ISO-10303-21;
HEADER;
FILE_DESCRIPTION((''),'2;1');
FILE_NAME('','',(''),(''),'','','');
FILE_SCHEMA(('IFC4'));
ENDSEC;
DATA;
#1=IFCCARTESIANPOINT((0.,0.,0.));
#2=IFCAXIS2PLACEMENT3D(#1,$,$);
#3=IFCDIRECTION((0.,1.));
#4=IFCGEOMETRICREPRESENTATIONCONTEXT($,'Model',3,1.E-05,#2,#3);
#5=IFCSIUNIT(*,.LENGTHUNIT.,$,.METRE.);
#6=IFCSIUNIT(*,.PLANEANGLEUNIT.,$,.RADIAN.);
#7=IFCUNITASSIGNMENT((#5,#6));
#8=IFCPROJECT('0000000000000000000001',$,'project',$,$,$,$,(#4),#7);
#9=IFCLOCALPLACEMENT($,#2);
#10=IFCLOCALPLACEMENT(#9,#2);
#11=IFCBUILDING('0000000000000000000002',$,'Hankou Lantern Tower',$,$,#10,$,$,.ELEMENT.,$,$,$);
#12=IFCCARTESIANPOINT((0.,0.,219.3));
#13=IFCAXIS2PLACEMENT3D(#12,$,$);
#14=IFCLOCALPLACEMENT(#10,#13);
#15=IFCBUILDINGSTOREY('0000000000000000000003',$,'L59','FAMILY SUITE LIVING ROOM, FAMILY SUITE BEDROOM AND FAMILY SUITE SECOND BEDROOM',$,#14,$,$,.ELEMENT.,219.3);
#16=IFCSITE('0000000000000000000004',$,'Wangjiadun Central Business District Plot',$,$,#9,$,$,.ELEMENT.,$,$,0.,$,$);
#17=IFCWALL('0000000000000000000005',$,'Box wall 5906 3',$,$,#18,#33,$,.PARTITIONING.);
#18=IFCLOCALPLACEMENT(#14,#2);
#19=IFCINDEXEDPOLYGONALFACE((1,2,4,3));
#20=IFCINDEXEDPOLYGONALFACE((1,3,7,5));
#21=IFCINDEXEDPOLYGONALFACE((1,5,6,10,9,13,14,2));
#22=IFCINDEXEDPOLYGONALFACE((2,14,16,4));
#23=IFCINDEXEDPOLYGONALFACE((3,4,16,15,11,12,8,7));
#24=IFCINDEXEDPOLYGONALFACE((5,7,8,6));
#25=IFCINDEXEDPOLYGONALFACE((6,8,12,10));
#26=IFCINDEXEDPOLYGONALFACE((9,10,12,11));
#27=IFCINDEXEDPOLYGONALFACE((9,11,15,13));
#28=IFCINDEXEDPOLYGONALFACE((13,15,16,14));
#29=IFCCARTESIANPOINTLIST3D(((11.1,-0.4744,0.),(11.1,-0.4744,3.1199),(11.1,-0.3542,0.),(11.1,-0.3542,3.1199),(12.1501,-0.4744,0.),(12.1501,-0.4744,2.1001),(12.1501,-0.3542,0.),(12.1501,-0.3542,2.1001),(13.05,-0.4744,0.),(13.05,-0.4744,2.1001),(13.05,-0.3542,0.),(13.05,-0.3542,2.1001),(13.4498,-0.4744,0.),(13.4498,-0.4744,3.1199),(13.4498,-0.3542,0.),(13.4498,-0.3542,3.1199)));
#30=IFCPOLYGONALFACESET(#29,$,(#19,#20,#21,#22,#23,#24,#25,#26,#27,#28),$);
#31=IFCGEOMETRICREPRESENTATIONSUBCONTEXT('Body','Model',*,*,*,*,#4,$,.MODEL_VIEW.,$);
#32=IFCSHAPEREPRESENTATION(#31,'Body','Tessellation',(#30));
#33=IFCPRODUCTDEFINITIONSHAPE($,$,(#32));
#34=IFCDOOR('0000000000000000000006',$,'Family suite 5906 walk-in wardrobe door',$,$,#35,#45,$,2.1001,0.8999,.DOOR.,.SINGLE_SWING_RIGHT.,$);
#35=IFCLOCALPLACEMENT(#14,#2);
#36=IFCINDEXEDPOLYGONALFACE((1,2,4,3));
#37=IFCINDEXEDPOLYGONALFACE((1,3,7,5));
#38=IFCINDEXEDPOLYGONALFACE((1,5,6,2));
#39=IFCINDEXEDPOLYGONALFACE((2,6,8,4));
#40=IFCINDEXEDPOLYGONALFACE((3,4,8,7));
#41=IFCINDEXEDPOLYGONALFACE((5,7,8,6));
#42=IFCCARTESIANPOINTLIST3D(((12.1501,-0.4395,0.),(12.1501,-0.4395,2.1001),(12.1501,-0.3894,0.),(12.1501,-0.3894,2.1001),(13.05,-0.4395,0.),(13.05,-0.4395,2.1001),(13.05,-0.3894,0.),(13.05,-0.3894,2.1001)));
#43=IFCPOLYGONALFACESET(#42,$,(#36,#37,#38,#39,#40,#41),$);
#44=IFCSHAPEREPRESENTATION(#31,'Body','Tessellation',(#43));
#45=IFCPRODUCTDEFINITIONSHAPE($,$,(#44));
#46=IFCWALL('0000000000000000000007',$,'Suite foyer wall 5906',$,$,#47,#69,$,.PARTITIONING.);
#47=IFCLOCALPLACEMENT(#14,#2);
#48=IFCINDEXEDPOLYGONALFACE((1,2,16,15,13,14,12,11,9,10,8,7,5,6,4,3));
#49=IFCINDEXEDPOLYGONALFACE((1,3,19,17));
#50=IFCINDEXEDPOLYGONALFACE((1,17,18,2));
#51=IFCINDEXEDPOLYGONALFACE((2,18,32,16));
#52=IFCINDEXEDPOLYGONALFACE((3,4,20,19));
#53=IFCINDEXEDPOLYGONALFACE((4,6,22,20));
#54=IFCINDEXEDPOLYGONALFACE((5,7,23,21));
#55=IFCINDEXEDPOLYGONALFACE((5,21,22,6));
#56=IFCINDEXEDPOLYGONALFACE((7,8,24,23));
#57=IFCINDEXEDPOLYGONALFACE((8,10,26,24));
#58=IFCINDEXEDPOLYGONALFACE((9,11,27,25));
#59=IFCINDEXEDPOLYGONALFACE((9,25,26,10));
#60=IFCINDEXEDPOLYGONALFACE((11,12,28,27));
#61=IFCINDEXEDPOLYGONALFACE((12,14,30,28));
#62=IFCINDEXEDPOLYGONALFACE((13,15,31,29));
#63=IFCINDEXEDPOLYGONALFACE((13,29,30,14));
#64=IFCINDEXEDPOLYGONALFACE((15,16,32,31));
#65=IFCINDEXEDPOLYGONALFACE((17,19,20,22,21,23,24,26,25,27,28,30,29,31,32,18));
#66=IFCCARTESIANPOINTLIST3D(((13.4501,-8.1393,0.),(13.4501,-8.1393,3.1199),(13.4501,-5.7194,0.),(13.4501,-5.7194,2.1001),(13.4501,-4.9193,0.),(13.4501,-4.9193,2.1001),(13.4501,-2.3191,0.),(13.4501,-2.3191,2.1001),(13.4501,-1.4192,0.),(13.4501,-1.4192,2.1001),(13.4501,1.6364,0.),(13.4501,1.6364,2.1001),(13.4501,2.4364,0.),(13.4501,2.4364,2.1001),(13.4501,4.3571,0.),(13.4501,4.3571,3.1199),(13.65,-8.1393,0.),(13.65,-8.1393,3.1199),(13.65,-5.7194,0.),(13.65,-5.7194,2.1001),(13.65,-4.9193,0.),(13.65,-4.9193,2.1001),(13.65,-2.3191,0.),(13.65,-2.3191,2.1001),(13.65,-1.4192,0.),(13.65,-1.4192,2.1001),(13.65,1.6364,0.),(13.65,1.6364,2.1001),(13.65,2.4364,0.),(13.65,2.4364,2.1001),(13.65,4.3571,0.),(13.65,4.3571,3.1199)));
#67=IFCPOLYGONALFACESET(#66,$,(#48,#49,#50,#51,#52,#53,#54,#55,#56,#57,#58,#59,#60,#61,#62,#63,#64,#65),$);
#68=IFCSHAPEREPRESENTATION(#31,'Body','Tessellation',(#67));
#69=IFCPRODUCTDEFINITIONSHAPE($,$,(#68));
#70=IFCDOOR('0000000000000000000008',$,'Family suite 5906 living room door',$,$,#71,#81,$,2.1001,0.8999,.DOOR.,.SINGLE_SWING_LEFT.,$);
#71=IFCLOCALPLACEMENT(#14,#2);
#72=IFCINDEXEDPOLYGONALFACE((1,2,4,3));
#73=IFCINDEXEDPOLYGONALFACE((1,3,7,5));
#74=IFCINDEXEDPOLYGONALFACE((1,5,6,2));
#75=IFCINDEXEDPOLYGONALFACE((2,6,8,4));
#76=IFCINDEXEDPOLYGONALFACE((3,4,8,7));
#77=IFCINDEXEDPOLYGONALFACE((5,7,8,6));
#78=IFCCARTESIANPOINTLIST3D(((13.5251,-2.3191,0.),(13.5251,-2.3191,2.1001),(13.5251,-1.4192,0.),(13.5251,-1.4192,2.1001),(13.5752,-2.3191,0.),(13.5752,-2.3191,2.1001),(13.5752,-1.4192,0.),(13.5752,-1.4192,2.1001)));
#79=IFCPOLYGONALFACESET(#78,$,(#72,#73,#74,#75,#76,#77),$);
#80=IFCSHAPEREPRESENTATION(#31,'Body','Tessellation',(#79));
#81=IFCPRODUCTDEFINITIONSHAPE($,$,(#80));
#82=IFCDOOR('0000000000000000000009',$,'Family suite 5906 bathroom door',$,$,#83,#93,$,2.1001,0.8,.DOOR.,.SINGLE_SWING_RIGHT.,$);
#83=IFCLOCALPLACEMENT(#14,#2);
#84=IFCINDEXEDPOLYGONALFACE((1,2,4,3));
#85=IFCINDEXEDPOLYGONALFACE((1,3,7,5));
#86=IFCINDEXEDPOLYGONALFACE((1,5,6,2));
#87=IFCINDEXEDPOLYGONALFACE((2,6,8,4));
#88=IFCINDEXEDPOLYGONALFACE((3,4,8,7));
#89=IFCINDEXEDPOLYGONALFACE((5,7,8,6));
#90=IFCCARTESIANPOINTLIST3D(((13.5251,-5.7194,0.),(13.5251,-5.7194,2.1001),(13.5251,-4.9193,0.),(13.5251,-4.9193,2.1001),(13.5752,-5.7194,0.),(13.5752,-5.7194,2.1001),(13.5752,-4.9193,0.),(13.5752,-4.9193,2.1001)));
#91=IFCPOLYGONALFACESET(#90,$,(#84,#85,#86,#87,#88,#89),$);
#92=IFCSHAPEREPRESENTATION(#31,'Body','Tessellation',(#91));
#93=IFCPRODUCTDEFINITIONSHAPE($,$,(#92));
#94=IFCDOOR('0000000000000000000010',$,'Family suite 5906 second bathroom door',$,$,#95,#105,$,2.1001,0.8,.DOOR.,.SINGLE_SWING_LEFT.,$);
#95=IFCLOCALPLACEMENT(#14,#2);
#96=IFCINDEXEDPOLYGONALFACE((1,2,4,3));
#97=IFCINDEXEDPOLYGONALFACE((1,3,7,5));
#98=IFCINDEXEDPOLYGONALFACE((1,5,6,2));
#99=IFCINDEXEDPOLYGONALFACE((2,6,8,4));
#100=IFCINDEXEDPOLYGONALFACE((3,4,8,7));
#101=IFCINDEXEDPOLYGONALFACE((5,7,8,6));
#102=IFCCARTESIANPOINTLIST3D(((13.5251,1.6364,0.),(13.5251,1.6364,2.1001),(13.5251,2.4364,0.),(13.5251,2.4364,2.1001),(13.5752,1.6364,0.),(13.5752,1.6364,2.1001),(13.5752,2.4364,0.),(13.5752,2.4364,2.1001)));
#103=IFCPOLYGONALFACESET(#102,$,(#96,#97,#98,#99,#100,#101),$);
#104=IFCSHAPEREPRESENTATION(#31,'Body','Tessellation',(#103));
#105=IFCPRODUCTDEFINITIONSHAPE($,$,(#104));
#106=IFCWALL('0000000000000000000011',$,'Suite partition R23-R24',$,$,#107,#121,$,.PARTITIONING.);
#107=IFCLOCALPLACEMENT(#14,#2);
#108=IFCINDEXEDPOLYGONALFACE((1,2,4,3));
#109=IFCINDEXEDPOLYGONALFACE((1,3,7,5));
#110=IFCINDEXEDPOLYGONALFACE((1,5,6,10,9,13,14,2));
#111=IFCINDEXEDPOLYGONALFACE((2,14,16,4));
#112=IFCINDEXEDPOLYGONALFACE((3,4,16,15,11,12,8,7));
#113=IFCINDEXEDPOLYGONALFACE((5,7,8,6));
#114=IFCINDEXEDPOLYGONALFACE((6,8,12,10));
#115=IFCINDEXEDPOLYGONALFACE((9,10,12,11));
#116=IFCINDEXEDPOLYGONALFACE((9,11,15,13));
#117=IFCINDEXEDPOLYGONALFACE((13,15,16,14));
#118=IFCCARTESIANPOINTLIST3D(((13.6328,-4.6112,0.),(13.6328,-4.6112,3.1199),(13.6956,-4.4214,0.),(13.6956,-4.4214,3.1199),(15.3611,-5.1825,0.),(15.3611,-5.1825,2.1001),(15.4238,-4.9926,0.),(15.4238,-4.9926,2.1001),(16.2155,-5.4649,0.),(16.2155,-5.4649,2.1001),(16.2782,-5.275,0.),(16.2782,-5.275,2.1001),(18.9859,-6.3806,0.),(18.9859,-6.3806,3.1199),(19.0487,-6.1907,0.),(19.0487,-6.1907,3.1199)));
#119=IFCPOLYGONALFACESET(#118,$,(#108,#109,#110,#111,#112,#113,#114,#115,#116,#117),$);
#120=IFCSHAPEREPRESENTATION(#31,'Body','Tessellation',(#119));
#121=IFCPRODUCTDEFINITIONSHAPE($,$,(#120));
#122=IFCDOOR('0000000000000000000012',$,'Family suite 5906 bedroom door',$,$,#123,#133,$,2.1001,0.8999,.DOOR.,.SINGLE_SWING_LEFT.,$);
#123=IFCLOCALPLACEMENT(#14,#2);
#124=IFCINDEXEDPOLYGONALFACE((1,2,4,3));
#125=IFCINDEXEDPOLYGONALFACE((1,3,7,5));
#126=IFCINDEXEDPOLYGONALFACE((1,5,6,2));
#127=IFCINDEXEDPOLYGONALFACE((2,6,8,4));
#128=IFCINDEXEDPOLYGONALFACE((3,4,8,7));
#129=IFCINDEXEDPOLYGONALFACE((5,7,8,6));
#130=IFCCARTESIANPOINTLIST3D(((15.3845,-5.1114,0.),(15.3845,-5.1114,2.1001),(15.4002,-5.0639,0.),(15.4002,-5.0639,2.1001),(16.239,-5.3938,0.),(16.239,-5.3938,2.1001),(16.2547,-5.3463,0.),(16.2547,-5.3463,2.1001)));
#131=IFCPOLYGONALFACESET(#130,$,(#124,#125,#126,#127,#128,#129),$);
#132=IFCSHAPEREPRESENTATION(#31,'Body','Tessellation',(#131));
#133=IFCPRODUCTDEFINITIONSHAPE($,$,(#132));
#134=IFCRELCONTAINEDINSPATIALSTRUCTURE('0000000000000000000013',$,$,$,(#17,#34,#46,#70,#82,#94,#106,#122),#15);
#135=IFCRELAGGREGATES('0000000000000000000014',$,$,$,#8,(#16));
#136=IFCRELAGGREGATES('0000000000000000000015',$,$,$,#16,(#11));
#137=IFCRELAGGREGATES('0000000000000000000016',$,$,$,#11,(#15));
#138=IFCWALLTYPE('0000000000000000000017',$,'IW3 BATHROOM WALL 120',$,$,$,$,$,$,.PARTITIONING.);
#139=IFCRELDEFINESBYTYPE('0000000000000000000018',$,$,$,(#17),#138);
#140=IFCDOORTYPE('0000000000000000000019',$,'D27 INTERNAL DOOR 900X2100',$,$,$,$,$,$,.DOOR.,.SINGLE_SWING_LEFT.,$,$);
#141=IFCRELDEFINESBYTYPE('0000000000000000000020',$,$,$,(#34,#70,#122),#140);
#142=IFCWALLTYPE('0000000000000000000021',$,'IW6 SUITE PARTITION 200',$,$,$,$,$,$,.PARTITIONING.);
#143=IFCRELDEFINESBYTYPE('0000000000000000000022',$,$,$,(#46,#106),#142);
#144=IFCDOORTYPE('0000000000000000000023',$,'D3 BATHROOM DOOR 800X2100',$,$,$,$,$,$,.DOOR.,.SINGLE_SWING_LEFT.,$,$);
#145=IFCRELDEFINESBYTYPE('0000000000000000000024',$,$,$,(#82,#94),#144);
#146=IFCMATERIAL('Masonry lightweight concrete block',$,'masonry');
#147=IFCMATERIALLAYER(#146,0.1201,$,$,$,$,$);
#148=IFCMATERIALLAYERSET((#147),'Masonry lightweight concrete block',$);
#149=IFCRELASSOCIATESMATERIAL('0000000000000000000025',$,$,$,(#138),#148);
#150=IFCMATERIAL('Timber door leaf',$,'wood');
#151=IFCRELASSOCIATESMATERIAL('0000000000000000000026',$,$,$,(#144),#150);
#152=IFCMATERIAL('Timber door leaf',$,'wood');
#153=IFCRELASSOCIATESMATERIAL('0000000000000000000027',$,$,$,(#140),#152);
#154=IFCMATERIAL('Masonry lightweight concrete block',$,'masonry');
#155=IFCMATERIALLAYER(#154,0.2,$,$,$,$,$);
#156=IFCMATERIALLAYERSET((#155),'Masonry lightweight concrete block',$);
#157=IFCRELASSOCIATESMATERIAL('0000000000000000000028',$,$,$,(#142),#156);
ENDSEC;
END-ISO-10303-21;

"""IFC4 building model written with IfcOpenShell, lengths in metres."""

from ifc_helpers import new_model, si_unit, direction, frame, frame_2d, origin, place, context, subcontext, project, spatial, rectangle, extrude, material, layer, layer_set, type_object, element, fill, save


model = new_model("IFC4")

# Units and contexts
model_context = context("Model", 3, precision=1e-05, world=origin(), true_north=direction((0.0, 1.0)))
body_context = subcontext(model_context, "Body", "Model", "MODEL_VIEW")
ifc_project = project(units=[si_unit("LENGTHUNIT", "METRE"), si_unit("PLANEANGLEUNIT", "RADIAN")], contexts=[model_context])

# Site, building, storey
site_placement = place(None, origin())
site = spatial("IfcSite", under=ifc_project, at=site_placement, Name="Wangjiadun Central Business District Plot", CompositionType="ELEMENT", RefElevation=0.0)
building_placement = place(site_placement, origin())
building = spatial("IfcBuilding", under=site, at=building_placement, Name="Hankou Lantern Tower", CompositionType="ELEMENT")
storey_placement = place(building_placement, frame((0.0, 0.0, 219.3)))
storey = spatial("IfcBuildingStorey", under=building, at=storey_placement, Name="L59", Description="FAMILY SUITE LIVING ROOM, FAMILY SUITE BEDROOM AND FAMILY SUITE SECOND BEDROOM", CompositionType="ELEMENT", Elevation=219.3)

# Shared definitions
ifc_material_1 = material(Name="Masonry lightweight concrete block", Category="masonry")
ifc_layer_1 = layer(ifc_material_1, 0.1201)
ifc_layer_set_1 = layer_set([ifc_layer_1], Name="Masonry lightweight concrete block")
wall_type_1 = type_object("IfcWallType", Name="IW3 BATHROOM WALL 120", PredefinedType="PARTITIONING", material=ifc_layer_set_1)

# Wall, opening, door
ifc_material_2 = material(Name="Timber door leaf", Category="wood")
door_type_1 = type_object("IfcDoorType", Name="D3 BATHROOM DOOR 800X2100", OperationType="SINGLE_SWING_LEFT", PredefinedType="DOOR", material=ifc_material_2)
wall_1_placement = place(storey_placement, frame((11.1001, -0.4143, 0.0), z_axis=(0.0, 0.0, 1.0), x_axis=(1.0, 0.0, 0.0)))
wall_1 = element("IfcWall", 1, at=wall_1_placement, inside=storey, type_object=wall_type_1, Name="Box wall 5906 3", PredefinedType="PARTITIONING", context=body_context, shape_type="SweptSolid", body=[
    extrude(rectangle(XDim=2.3499, YDim=0.1201, at=frame_2d((1.1748, 0.0))), origin(), (0.0, 0.0, 1.0), 3.1199),
])
opening_1_placement = place(wall_1_placement, frame((1.05, 0.0, 0.0)))
opening_1 = element("IfcOpeningElement", 2, at=opening_1_placement, cuts=wall_1, PredefinedType="OPENING", context=body_context, shape_type="SweptSolid", body=[
    extrude(rectangle(XDim=0.8999, YDim=2.1001, at=frame_2d((0.45, 1.05))), frame((0.0, 0.0701, 0.0), z_axis=(0.0, -1.0, 0.0), x_axis=(1.0, 0.0, 0.0)), (0.0, 0.0, 1.0), 0.1401),
])
ifc_material_3 = material(Name="Timber door leaf", Category="wood")
door_type_2 = type_object("IfcDoorType", Name="D27 INTERNAL DOOR 900X2100", OperationType="SINGLE_SWING_LEFT", PredefinedType="DOOR", material=ifc_material_3)
door_1_placement = place(opening_1_placement, origin())
door_1 = element("IfcDoor", 3, at=door_1_placement, inside=storey, type_object=door_type_2, Name="Family suite 5906 walk-in wardrobe door", OperationType="SINGLE_SWING_RIGHT", OverallHeight=2.1001, OverallWidth=0.8999, PredefinedType="DOOR", context=body_context, shape_type="SweptSolid", body=[
    extrude(rectangle(XDim=0.8999, YDim=2.1001, at=frame_2d((0.45, 1.05))), frame((0.0, 0.0249, 0.0), z_axis=(0.0, -1.0, 0.0), x_axis=(1.0, 0.0, 0.0)), (0.0, 0.0, 1.0), 0.05),
])
fill(opening_1, door_1)

# Wall, openings, doors
ifc_material_4 = material(Name="Masonry lightweight concrete block", Category="masonry")
ifc_layer_2 = layer(ifc_material_4, 0.2)
ifc_layer_set_2 = layer_set([ifc_layer_2], Name="Masonry lightweight concrete block")
wall_type_2 = type_object("IfcWallType", Name="IW6 SUITE PARTITION 200", PredefinedType="PARTITIONING", material=ifc_layer_set_2)
wall_2_placement = place(storey_placement, frame((13.55, -8.1392, 0.0), z_axis=(0.0, 0.0, 1.0), x_axis=(0.0, 1.0, 0.0)))
wall_2 = element("IfcWall", 4, at=wall_2_placement, inside=storey, type_object=wall_type_2, Name="Suite foyer wall 5906", PredefinedType="PARTITIONING", context=body_context, shape_type="SweptSolid", body=[
    extrude(rectangle(XDim=12.4963, YDim=0.2, at=frame_2d((6.248, 0.0))), origin(), (0.0, 0.0, 1.0), 3.1199),
])
opening_2_placement = place(wall_2_placement, frame((2.4199, 0.0, 0.0)))
opening_2 = element("IfcOpeningElement", 5, at=opening_2_placement, cuts=wall_2, PredefinedType="OPENING", context=body_context, shape_type="SweptSolid", body=[
    extrude(rectangle(XDim=0.8, YDim=2.1001, at=frame_2d((0.3999, 1.05))), frame((0.0, 0.1099, 0.0), z_axis=(0.0, -1.0, 0.0), x_axis=(1.0, 0.0, 0.0)), (0.0, 0.0, 1.0), 0.22),
])
opening_3_placement = place(wall_2_placement, frame((9.7756, 0.0, 0.0)))
opening_3 = element("IfcOpeningElement", 6, at=opening_3_placement, cuts=wall_2, PredefinedType="OPENING", context=body_context, shape_type="SweptSolid", body=[
    extrude(rectangle(XDim=0.8, YDim=2.1001, at=frame_2d((0.3999, 1.05))), frame((0.0, 0.1099, 0.0), z_axis=(0.0, -1.0, 0.0), x_axis=(1.0, 0.0, 0.0)), (0.0, 0.0, 1.0), 0.22),
])
opening_4_placement = place(wall_2_placement, frame((5.8201, 0.0, 0.0)))
opening_4 = element("IfcOpeningElement", 7, at=opening_4_placement, cuts=wall_2, PredefinedType="OPENING", context=body_context, shape_type="SweptSolid", body=[
    extrude(rectangle(XDim=0.8999, YDim=2.1001, at=frame_2d((0.45, 1.05))), frame((0.0, 0.1099, 0.0), z_axis=(0.0, -1.0, 0.0), x_axis=(1.0, 0.0, 0.0)), (0.0, 0.0, 1.0), 0.22),
])
door_2_placement = place(opening_4_placement, origin())
door_2 = element("IfcDoor", 8, at=door_2_placement, inside=storey, type_object=door_type_2, Name="Family suite 5906 living room door", OperationType="SINGLE_SWING_LEFT", OverallHeight=2.1001, OverallWidth=0.8999, PredefinedType="DOOR", context=body_context, shape_type="SweptSolid", body=[
    extrude(rectangle(XDim=0.8999, YDim=2.1001, at=frame_2d((0.45, 1.05))), frame((0.0, 0.0249, 0.0), z_axis=(0.0, -1.0, 0.0), x_axis=(1.0, 0.0, 0.0)), (0.0, 0.0, 1.0), 0.05),
])
fill(opening_4, door_2)
door_3_placement = place(opening_2_placement, origin())
door_3 = element("IfcDoor", 9, at=door_3_placement, inside=storey, type_object=door_type_1, Name="Family suite 5906 bathroom door", OperationType="SINGLE_SWING_RIGHT", OverallHeight=2.1001, OverallWidth=0.8, PredefinedType="DOOR", context=body_context, shape_type="SweptSolid", body=[
    extrude(rectangle(XDim=0.8, YDim=2.1001, at=frame_2d((0.3999, 1.05))), frame((0.0, 0.0249, 0.0), z_axis=(0.0, -1.0, 0.0), x_axis=(1.0, 0.0, 0.0)), (0.0, 0.0, 1.0), 0.05),
])
fill(opening_2, door_3)
door_4_placement = place(opening_3_placement, origin())
door_4 = element("IfcDoor", 10, at=door_4_placement, inside=storey, type_object=door_type_1, Name="Family suite 5906 second bathroom door", OperationType="SINGLE_SWING_LEFT", OverallHeight=2.1001, OverallWidth=0.8, PredefinedType="DOOR", context=body_context, shape_type="SweptSolid", body=[
    extrude(rectangle(XDim=0.8, YDim=2.1001, at=frame_2d((0.3999, 1.05))), frame((0.0, 0.0249, 0.0), z_axis=(0.0, -1.0, 0.0), x_axis=(1.0, 0.0, 0.0)), (0.0, 0.0, 1.0), 0.05),
])
fill(opening_3, door_4)

# Wall, opening, door
wall_3_placement = place(storey_placement, frame((13.6643, -4.5164, 0.0), z_axis=(0.0, 0.0, 1.0), x_axis=(0.949481, -0.313823, 0.0)))
wall_3 = element("IfcWall", 11, at=wall_3_placement, inside=storey, type_object=wall_type_2, Name="Suite partition R23-R24", PredefinedType="PARTITIONING", context=body_context, shape_type="SweptSolid", body=[
    extrude(rectangle(XDim=5.6379, YDim=0.2, at=frame_2d((2.8188, 0.0))), origin(), (0.0, 0.0, 1.0), 3.1199),
])
opening_5_placement = place(wall_3_placement, frame((1.8201, 0.0, 0.0)))
opening_5 = element("IfcOpeningElement", 12, at=opening_5_placement, cuts=wall_3, PredefinedType="OPENING", context=body_context, shape_type="SweptSolid", body=[
    extrude(rectangle(XDim=0.8999, YDim=2.1001, at=frame_2d((0.45, 1.05))), frame((0.0, 0.1099, 0.0), z_axis=(0.0, -1.0, 0.0), x_axis=(1.0, 0.0, 0.0)), (0.0, 0.0, 1.0), 0.22),
])
door_5_placement = place(opening_5_placement, origin())
door_5 = element("IfcDoor", 13, at=door_5_placement, inside=storey, type_object=door_type_2, Name="Family suite 5906 bedroom door", OperationType="SINGLE_SWING_LEFT", OverallHeight=2.1001, OverallWidth=0.8999, PredefinedType="DOOR", context=body_context, shape_type="SweptSolid", body=[
    extrude(rectangle(XDim=0.8999, YDim=2.1001, at=frame_2d((0.45, 1.05))), frame((0.0, 0.0249, 0.0), z_axis=(0.0, -1.0, 0.0), x_axis=(1.0, 0.0, 0.0)), (0.0, 0.0, 1.0), 0.05),
])
fill(opening_5, door_5)

save(model, "model.ifc")
